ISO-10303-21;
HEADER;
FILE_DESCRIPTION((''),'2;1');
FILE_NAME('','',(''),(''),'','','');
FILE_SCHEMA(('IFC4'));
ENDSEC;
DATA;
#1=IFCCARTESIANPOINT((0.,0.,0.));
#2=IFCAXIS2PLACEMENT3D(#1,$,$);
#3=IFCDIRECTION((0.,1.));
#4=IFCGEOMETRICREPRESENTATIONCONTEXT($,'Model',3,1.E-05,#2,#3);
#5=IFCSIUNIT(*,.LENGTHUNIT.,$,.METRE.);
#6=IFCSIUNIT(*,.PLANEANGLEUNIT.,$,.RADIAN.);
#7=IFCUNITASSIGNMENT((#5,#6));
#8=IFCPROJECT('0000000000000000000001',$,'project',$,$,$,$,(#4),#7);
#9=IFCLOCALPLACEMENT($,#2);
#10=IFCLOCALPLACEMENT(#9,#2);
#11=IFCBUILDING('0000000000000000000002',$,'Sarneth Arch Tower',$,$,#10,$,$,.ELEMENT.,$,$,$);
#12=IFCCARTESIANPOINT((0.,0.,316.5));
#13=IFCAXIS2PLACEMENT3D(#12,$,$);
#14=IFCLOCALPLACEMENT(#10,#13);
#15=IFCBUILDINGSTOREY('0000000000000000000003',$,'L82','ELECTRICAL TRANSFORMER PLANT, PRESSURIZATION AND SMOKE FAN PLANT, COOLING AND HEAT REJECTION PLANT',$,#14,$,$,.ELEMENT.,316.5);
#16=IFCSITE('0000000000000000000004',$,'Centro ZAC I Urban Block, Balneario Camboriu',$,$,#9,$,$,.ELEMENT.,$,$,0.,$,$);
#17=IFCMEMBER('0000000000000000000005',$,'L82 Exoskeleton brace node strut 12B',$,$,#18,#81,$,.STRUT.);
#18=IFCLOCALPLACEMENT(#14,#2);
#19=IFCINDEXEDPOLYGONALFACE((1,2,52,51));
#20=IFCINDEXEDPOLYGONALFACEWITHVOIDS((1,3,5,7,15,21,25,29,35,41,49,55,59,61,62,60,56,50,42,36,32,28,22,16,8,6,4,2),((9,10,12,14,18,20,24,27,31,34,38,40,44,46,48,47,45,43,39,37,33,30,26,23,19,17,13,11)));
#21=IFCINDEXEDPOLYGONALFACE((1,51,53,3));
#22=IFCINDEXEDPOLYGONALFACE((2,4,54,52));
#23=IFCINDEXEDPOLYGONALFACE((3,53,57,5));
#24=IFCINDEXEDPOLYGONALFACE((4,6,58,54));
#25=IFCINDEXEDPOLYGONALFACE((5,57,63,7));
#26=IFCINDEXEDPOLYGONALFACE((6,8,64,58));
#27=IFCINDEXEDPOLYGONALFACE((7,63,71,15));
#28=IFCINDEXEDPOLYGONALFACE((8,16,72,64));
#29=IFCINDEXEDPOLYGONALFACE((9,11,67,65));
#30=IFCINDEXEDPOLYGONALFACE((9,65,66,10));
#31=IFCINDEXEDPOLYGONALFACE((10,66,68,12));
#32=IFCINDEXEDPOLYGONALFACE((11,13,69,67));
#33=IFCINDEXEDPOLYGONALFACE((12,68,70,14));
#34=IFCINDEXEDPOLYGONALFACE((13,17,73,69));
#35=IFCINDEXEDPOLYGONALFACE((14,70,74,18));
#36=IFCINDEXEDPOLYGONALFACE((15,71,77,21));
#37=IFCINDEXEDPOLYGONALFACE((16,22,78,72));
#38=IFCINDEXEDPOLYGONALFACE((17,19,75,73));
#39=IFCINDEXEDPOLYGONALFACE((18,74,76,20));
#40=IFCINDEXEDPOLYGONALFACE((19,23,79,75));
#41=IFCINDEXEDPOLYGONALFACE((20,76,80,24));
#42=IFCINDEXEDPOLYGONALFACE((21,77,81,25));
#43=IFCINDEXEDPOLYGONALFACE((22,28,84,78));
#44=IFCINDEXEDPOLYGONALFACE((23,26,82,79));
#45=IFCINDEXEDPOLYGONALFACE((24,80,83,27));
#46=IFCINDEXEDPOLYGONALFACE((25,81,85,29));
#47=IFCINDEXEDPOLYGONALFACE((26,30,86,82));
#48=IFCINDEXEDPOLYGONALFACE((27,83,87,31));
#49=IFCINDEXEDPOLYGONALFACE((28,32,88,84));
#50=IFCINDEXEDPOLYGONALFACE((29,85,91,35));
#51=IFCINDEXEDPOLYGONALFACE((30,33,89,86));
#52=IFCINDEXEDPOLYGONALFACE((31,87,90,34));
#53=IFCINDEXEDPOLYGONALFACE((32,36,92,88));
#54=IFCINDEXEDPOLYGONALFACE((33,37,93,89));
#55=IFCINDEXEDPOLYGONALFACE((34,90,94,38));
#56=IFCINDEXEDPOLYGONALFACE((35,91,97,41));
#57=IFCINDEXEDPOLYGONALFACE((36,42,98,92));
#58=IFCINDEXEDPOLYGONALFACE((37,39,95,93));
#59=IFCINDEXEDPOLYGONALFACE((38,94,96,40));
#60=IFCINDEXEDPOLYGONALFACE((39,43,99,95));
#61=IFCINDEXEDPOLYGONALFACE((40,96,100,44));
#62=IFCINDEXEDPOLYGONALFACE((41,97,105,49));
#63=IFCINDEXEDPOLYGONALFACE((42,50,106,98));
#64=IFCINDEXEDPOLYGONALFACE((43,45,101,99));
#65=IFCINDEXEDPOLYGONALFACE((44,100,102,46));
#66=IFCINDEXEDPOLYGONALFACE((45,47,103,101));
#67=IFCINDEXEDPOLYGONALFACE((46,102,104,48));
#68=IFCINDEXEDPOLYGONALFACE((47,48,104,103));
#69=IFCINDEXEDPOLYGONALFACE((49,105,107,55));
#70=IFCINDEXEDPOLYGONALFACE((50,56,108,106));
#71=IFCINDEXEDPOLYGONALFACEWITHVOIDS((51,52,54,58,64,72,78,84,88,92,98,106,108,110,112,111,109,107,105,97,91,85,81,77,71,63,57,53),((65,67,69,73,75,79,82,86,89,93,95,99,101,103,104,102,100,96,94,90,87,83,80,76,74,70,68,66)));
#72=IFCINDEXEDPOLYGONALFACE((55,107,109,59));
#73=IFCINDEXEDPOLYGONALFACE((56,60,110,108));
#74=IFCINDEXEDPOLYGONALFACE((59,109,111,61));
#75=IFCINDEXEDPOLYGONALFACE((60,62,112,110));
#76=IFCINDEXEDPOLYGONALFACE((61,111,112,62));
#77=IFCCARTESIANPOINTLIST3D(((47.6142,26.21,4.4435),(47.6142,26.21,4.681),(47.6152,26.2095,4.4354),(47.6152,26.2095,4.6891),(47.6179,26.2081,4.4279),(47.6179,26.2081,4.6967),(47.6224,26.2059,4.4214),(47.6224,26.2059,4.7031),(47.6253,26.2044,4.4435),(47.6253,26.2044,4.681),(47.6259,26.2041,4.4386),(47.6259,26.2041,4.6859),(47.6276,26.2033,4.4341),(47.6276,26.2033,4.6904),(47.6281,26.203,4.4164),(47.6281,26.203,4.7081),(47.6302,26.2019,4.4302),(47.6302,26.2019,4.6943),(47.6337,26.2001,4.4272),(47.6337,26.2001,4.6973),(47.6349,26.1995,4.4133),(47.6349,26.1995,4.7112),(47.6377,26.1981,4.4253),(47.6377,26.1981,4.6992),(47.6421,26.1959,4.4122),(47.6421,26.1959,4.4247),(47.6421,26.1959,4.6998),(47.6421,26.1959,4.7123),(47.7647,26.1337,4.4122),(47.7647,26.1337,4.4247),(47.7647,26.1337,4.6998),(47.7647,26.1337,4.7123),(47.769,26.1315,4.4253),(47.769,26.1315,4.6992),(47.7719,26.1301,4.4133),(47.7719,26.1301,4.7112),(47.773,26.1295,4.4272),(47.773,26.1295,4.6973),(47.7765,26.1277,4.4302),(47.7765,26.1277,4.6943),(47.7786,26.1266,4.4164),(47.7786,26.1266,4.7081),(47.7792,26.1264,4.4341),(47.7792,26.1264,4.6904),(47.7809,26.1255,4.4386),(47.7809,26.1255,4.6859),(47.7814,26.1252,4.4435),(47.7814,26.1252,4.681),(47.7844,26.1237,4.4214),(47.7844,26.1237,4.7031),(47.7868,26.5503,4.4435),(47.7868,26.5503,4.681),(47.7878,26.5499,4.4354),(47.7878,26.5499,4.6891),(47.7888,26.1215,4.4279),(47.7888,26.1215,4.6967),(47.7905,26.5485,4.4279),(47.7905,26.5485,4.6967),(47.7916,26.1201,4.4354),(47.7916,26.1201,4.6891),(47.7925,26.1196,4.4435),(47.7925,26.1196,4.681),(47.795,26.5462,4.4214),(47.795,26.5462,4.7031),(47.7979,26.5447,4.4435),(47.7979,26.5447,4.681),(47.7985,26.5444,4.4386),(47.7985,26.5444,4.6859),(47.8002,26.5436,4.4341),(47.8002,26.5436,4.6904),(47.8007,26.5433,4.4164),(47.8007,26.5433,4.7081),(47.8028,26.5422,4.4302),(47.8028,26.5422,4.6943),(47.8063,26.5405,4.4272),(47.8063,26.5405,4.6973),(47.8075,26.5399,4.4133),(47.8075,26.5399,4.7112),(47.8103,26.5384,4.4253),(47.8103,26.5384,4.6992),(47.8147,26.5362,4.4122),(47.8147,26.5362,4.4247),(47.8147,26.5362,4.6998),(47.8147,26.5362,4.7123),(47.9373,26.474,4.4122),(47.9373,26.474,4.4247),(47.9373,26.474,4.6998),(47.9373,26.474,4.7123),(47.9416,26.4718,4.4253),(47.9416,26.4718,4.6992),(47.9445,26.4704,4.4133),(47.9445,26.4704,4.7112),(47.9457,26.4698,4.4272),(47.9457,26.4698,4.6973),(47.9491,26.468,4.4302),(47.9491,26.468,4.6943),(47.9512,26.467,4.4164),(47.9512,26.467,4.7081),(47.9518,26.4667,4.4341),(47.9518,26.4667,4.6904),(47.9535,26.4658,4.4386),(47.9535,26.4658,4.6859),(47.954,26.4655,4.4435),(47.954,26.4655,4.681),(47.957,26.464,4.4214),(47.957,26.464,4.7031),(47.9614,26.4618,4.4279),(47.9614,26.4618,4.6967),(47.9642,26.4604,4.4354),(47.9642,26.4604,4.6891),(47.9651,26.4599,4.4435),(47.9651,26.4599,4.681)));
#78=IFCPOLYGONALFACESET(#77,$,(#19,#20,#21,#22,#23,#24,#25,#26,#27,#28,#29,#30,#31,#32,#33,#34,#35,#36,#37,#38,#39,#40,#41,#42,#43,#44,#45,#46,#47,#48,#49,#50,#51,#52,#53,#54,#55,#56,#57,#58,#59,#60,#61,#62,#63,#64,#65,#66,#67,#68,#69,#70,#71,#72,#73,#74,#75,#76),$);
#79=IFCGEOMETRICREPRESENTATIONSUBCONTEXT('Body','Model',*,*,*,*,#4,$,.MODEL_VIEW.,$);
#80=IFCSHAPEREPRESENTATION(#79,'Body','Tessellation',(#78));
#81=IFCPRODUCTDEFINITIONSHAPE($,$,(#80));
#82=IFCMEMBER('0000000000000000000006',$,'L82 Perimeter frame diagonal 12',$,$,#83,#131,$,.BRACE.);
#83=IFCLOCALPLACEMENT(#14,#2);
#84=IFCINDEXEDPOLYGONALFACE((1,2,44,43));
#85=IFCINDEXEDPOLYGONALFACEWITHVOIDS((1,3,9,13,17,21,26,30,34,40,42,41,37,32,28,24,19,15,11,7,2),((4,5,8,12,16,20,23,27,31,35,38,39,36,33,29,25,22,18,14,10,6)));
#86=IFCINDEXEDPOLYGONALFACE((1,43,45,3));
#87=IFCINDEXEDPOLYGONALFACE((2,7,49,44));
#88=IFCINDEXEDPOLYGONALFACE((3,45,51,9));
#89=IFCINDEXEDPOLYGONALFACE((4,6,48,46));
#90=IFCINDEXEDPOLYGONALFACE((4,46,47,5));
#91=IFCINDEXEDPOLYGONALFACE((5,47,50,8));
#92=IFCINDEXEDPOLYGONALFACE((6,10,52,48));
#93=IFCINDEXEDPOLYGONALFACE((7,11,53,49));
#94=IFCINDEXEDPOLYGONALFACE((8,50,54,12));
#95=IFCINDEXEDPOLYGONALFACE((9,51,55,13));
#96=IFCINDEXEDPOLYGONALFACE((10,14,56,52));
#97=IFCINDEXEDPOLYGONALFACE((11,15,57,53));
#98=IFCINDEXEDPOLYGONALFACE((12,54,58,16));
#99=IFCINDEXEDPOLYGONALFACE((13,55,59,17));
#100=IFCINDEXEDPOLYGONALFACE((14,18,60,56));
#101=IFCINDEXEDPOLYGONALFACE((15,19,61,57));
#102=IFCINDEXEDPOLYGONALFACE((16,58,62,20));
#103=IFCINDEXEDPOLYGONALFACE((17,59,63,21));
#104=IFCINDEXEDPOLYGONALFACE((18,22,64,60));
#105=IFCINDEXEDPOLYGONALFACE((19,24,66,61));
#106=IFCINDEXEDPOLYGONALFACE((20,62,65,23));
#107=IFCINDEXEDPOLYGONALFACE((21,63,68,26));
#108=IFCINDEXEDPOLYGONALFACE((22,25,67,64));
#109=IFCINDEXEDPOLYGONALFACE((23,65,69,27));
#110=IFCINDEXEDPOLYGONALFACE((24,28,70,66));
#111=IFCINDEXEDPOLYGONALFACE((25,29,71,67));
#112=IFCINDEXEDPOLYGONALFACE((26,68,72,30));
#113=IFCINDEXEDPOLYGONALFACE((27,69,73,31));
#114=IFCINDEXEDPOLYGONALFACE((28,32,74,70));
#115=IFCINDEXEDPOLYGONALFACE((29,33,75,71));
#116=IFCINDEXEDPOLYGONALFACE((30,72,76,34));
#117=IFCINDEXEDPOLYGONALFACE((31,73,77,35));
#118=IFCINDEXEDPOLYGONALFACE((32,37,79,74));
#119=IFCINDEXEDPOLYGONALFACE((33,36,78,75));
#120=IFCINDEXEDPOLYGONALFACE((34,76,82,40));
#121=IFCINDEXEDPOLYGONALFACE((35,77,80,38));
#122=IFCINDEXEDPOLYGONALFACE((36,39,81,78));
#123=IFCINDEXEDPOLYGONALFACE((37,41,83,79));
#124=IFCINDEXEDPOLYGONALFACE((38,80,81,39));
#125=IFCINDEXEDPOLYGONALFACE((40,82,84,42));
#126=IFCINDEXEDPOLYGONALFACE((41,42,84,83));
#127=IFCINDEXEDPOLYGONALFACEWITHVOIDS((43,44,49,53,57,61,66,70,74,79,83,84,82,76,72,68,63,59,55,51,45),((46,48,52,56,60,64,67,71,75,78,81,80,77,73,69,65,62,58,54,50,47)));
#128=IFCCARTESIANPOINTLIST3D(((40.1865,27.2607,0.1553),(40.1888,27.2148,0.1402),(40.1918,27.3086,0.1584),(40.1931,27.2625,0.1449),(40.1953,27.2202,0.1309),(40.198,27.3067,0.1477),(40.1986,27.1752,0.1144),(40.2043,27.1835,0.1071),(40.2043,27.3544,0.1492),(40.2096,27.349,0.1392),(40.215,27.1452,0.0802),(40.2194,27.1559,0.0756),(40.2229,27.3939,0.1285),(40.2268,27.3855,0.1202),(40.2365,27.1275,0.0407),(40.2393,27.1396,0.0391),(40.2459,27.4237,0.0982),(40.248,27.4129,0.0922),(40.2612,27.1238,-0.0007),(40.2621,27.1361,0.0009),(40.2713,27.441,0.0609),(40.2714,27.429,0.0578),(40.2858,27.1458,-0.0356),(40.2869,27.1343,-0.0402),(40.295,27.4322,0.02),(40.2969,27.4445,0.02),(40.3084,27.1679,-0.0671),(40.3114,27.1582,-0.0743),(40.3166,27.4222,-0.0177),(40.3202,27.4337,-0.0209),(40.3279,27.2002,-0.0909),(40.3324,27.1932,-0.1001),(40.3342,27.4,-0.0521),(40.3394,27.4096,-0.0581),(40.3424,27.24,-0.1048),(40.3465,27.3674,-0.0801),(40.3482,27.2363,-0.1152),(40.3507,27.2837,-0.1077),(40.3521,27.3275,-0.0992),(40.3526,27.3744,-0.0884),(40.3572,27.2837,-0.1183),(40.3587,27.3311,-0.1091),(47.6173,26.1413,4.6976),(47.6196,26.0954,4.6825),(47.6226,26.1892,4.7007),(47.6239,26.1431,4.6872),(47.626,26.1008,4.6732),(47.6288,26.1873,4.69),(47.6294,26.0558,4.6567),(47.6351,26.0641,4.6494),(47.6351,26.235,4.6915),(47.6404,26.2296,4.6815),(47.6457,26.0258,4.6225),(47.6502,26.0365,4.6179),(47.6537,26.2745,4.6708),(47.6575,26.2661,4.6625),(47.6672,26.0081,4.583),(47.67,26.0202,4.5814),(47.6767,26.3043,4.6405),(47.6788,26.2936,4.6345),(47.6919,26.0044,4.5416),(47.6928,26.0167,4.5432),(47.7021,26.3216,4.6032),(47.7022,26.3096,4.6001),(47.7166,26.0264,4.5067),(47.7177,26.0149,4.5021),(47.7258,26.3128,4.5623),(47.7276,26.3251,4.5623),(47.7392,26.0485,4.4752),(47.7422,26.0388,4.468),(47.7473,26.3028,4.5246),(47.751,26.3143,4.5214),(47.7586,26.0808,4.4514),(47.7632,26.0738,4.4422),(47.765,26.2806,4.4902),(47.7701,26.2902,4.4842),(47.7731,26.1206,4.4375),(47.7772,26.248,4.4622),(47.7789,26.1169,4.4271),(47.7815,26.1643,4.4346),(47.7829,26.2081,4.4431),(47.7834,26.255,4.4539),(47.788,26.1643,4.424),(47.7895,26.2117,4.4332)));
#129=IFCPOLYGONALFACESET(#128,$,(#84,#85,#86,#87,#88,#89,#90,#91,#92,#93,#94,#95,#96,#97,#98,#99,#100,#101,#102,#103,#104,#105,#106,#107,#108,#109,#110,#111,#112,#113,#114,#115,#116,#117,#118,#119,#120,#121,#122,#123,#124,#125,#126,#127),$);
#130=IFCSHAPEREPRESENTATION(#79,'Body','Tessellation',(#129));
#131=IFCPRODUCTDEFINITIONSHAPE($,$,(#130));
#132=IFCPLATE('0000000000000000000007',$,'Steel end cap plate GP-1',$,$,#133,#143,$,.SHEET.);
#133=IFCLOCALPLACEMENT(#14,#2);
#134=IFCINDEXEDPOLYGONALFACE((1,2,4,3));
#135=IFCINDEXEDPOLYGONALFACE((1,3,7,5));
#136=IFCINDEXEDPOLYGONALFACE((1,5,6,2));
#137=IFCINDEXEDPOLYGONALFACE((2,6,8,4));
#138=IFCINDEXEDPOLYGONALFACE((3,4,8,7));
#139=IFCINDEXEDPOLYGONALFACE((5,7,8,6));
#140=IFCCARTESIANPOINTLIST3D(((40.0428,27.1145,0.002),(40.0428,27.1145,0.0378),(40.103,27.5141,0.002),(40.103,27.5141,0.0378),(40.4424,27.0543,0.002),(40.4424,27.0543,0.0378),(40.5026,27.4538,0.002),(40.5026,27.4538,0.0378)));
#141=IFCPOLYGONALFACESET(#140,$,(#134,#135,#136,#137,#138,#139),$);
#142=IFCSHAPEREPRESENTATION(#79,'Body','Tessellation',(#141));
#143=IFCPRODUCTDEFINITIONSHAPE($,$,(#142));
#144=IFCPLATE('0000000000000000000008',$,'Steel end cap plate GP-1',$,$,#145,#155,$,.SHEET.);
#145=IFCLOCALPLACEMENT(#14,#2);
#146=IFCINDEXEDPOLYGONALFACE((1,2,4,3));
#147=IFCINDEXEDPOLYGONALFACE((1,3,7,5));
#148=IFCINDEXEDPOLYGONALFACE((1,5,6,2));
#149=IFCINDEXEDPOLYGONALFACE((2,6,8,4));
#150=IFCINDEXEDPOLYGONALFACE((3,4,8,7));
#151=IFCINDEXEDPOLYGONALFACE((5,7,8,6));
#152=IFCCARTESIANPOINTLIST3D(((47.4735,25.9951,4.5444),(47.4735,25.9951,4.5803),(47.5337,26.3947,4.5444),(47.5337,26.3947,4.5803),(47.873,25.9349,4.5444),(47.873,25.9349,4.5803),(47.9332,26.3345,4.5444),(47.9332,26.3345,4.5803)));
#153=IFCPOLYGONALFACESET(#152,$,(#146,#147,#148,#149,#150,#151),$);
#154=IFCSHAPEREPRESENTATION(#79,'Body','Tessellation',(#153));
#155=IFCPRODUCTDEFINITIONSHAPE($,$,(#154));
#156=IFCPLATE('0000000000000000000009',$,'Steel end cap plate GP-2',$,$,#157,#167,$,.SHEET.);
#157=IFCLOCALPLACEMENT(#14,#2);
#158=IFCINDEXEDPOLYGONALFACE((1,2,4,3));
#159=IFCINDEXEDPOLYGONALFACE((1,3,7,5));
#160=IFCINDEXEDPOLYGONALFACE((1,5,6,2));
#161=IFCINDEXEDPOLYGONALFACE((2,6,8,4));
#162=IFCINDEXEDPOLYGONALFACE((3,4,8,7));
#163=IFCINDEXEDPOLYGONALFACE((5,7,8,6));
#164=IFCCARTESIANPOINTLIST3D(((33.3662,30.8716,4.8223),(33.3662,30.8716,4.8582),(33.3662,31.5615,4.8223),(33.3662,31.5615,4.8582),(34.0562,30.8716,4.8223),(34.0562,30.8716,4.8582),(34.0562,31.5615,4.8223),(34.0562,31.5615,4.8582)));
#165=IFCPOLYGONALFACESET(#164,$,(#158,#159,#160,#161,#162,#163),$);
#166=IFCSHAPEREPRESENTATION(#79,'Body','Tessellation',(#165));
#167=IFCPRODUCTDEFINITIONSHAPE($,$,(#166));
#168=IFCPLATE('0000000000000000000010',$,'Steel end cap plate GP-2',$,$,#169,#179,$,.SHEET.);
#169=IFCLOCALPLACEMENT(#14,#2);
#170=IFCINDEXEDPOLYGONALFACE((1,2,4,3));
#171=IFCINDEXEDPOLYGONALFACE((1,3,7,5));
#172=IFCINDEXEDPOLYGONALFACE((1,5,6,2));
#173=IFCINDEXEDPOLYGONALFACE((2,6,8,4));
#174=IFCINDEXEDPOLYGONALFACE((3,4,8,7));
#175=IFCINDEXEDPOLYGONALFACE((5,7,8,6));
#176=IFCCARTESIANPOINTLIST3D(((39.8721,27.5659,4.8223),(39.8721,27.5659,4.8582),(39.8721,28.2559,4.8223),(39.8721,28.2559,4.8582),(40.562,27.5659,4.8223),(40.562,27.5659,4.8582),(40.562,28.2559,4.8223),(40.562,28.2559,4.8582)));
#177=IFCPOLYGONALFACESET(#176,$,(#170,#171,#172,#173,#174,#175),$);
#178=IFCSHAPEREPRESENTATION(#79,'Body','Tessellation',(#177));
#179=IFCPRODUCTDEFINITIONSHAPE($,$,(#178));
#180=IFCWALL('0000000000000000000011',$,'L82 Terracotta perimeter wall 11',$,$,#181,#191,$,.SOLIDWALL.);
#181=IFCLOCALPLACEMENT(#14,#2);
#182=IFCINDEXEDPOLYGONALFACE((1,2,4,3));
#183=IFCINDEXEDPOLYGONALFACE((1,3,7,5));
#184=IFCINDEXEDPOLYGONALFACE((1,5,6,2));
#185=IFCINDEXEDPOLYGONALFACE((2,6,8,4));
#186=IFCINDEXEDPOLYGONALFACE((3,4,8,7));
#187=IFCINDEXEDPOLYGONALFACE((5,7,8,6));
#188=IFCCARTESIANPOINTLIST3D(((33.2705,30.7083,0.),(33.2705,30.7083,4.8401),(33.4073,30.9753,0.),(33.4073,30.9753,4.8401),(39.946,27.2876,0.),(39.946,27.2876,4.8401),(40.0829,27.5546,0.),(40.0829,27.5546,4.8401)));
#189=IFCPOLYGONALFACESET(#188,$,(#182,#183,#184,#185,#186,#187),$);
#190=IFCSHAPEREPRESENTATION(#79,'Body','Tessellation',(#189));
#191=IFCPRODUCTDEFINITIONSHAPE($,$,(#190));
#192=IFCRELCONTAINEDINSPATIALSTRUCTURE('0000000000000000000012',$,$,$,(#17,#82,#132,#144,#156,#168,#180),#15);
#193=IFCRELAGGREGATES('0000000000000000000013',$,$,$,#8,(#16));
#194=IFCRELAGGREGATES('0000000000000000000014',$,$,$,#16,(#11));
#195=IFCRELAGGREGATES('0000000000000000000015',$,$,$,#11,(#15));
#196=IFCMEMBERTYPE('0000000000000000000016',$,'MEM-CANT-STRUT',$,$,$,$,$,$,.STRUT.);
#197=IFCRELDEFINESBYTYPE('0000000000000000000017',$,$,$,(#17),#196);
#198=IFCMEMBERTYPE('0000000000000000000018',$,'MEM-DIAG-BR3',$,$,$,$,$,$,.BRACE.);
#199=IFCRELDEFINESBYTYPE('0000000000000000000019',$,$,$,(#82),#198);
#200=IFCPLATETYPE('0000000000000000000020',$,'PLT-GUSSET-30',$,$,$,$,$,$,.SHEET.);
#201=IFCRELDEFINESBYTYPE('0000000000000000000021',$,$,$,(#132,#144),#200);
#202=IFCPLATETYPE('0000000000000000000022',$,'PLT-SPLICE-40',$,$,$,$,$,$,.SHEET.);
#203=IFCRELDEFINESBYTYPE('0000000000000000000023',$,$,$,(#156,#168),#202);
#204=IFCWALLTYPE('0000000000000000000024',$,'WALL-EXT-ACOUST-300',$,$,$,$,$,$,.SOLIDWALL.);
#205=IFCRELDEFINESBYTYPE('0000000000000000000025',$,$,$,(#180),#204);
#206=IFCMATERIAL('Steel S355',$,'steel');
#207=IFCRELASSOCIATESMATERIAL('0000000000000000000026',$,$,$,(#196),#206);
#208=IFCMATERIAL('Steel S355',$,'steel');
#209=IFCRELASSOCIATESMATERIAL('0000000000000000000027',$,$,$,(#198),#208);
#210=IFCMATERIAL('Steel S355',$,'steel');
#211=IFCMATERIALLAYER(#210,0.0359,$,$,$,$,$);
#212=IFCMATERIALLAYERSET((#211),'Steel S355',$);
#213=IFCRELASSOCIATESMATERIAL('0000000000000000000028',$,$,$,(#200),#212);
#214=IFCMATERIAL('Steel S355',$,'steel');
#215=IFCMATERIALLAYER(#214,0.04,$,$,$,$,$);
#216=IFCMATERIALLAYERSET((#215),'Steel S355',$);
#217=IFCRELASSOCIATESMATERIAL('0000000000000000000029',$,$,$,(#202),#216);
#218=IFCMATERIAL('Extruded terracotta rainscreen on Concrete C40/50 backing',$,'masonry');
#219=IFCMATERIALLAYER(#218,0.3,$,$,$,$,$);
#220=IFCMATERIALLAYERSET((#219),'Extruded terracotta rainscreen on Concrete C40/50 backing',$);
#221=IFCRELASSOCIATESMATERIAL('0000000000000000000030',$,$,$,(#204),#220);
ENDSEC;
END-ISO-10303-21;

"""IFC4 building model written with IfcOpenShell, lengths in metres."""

from ifc_helpers import new_model, si_unit, direction, frame, frame_2d, origin, origin_2d, place, context, subcontext, project, spatial, rectangle, hollow_rectangle, hollow_circle, extrude, material, layer, layer_set, material_profile, profile_set, type_object, element, save


model = new_model("IFC4")

# Units and contexts
model_context = context("Model", 3, precision=1e-05, world=origin(), true_north=direction((0.0, 1.0)))
body_context = subcontext(model_context, "Body", "Model", "MODEL_VIEW")
ifc_project = project(units=[si_unit("LENGTHUNIT", "METRE"), si_unit("PLANEANGLEUNIT", "RADIAN")], contexts=[model_context])

# Site, building, storey
site_placement = place(None, origin())
site = spatial("IfcSite", under=ifc_project, at=site_placement, Name="Centro ZAC I Urban Block, Balneario Camboriu", CompositionType="ELEMENT", RefElevation=0.0)
building_placement = place(site_placement, origin())
building = spatial("IfcBuilding", under=site, at=building_placement, Name="Sarneth Arch Tower", CompositionType="ELEMENT")
storey_placement = place(building_placement, frame((0.0, 0.0, 316.5)))
storey = spatial("IfcBuildingStorey", under=building, at=storey_placement, Name="L82", Description="ELECTRICAL TRANSFORMER PLANT, PRESSURIZATION AND SMOKE FAN PLANT, COOLING AND HEAT REJECTION PLANT", CompositionType="ELEMENT", Elevation=316.5)

# Members
ifc_material_1 = material(Name="Steel S355", Category="steel")
ifc_material_profile_1 = material_profile(ifc_material_1, hollow_rectangle(XDim=0.2, YDim=0.3, WallThickness=0.0125, InnerFilletRadius=0.0188, OuterFilletRadius=0.0312, at=origin_2d()), Name="RHS300x200x12.5")
ifc_profile_set_1 = profile_set([ifc_material_profile_1], Name="Steel S355")
member_type_1 = type_object("IfcMemberType", Name="MEM-CANT-STRUT", PredefinedType="STRUT", material=ifc_profile_set_1)
member_1_placement = place(storey_placement, frame((47.876, 26.5051, 4.5623), z_axis=(-0.452325, -0.891853, 0.0), x_axis=(0.891853, -0.452325, 0.0)))
element("IfcMember", 1, at=member_1_placement, inside=storey, type_object=member_type_1, Name="L82 Exoskeleton brace node strut 12B", PredefinedType="STRUT", context=body_context, shape_type="SweptSolid", body=[
    extrude(hollow_rectangle(XDim=0.2, YDim=0.3, WallThickness=0.0125, InnerFilletRadius=0.0188, OuterFilletRadius=0.0312, at=origin_2d()), origin(), (0.0, 0.0, 1.0), 0.3816),
])
ifc_material_2 = material(Name="Steel S355", Category="steel")
ifc_material_profile_2 = material_profile(ifc_material_2, hollow_circle(Radius=0.1621, WallThickness=0.0125, at=origin_2d()), Name="CHS324x12.5")
ifc_profile_set_2 = profile_set([ifc_material_profile_2], Name="Steel S355")
member_type_2 = type_object("IfcMemberType", Name="MEM-DIAG-BR3", PredefinedType="BRACE", material=ifc_profile_set_2)
member_2_placement = place(storey_placement, frame((40.2727, 27.2842, 0.02), z_axis=(0.846255, -0.127483, 0.517301), x_axis=(0.148963, 0.988843, 0.0)))
element("IfcMember", 2, at=member_2_placement, inside=storey, type_object=member_type_2, Name="L82 Perimeter frame diagonal 12", PredefinedType="BRACE", context=body_context, shape_type="SweptSolid", body=[
    extrude(hollow_circle(Radius=0.1621, WallThickness=0.0125, at=origin_2d()), origin(), (0.0, 0.0, 1.0), 8.7808),
])

# Plates
ifc_material_3 = material(Name="Steel S355", Category="steel")
ifc_layer_1 = layer(ifc_material_3, 0.0359)
ifc_layer_set_1 = layer_set([ifc_layer_1], Name="Steel S355")
plate_type_1 = type_object("IfcPlateType", Name="PLT-GUSSET-30", PredefinedType="SHEET", material=ifc_layer_set_1)
for number, where, z_axis, x_axis, name in (
    (3, (40.2727, 27.2842, 0.002), (0.0, 0.0, 1.0), (0.988835, -0.149018, 0.0), "Steel end cap plate GP-1"),
    (4, (47.7034, 26.1648, 4.5444), (0.0, 0.0, 1.0), (0.988835, -0.149018, 0.0), "Steel end cap plate GP-1"),
):
    element("IfcPlate", number, at=place(storey_placement, frame(where, z_axis=z_axis, x_axis=x_axis)), inside=storey, type_object=plate_type_1, Name=name, PredefinedType="SHEET", context=body_context, shape_type="SweptSolid", body=[
        extrude(rectangle(XDim=0.4041, YDim=0.4041, at=origin_2d()), origin(), (0.0, 0.0, 1.0), 0.0359),
    ])
ifc_material_4 = material(Name="Steel S355", Category="steel")
ifc_layer_2 = layer(ifc_material_4, 0.04)
ifc_layer_set_2 = layer_set([ifc_layer_2], Name="Steel S355")
plate_type_2 = type_object("IfcPlateType", Name="PLT-SPLICE-40", PredefinedType="SHEET", material=ifc_layer_set_2)
for number, where, z_axis, x_axis, name in (
    (5, (33.7112, 31.2166, 4.8223), (0.0, 0.0, 1.0), (1.0, 0.0, 0.0), "Steel end cap plate GP-2"),
    (6, (40.217, 27.9109, 4.8223), (0.0, 0.0, 1.0), (1.0, 0.0, 0.0), "Steel end cap plate GP-2"),
):
    element("IfcPlate", number, at=place(storey_placement, frame(where, z_axis=z_axis, x_axis=x_axis)), inside=storey, type_object=plate_type_2, Name=name, PredefinedType="SHEET", context=body_context, shape_type="SweptSolid", body=[
        extrude(rectangle(XDim=0.6899, YDim=0.6899, at=origin_2d()), origin(), (0.0, 0.0, 1.0), 0.0359),
    ])

# Wall
ifc_material_5 = material(Name="Extruded terracotta rainscreen on Concrete C40/50 backing", Category="masonry")
ifc_layer_3 = layer(ifc_material_5, 0.3)
ifc_layer_set_3 = layer_set([ifc_layer_3], Name="Extruded terracotta rainscreen on Concrete C40/50 backing")
wall_type_1 = type_object("IfcWallType", Name="WALL-EXT-ACOUST-300", PredefinedType="SOLIDWALL", material=ifc_layer_set_3)
wall_1_placement = place(storey_placement, frame((33.3389, 30.8418, 0.0), z_axis=(0.0, 0.0, 1.0), x_axis=(0.889963, -0.456032, 0.0)))
element("IfcWall", 7, at=wall_1_placement, inside=storey, type_object=wall_type_1, Name="L82 Terracotta perimeter wall 11", PredefinedType="SOLIDWALL", context=body_context, shape_type="SweptSolid", body=[
    extrude(rectangle(XDim=7.501, YDim=0.3, at=frame_2d((3.7505, 0.0))), origin(), (0.0, 0.0, 1.0), 4.8401),
])

save(model, "model.ifc")
